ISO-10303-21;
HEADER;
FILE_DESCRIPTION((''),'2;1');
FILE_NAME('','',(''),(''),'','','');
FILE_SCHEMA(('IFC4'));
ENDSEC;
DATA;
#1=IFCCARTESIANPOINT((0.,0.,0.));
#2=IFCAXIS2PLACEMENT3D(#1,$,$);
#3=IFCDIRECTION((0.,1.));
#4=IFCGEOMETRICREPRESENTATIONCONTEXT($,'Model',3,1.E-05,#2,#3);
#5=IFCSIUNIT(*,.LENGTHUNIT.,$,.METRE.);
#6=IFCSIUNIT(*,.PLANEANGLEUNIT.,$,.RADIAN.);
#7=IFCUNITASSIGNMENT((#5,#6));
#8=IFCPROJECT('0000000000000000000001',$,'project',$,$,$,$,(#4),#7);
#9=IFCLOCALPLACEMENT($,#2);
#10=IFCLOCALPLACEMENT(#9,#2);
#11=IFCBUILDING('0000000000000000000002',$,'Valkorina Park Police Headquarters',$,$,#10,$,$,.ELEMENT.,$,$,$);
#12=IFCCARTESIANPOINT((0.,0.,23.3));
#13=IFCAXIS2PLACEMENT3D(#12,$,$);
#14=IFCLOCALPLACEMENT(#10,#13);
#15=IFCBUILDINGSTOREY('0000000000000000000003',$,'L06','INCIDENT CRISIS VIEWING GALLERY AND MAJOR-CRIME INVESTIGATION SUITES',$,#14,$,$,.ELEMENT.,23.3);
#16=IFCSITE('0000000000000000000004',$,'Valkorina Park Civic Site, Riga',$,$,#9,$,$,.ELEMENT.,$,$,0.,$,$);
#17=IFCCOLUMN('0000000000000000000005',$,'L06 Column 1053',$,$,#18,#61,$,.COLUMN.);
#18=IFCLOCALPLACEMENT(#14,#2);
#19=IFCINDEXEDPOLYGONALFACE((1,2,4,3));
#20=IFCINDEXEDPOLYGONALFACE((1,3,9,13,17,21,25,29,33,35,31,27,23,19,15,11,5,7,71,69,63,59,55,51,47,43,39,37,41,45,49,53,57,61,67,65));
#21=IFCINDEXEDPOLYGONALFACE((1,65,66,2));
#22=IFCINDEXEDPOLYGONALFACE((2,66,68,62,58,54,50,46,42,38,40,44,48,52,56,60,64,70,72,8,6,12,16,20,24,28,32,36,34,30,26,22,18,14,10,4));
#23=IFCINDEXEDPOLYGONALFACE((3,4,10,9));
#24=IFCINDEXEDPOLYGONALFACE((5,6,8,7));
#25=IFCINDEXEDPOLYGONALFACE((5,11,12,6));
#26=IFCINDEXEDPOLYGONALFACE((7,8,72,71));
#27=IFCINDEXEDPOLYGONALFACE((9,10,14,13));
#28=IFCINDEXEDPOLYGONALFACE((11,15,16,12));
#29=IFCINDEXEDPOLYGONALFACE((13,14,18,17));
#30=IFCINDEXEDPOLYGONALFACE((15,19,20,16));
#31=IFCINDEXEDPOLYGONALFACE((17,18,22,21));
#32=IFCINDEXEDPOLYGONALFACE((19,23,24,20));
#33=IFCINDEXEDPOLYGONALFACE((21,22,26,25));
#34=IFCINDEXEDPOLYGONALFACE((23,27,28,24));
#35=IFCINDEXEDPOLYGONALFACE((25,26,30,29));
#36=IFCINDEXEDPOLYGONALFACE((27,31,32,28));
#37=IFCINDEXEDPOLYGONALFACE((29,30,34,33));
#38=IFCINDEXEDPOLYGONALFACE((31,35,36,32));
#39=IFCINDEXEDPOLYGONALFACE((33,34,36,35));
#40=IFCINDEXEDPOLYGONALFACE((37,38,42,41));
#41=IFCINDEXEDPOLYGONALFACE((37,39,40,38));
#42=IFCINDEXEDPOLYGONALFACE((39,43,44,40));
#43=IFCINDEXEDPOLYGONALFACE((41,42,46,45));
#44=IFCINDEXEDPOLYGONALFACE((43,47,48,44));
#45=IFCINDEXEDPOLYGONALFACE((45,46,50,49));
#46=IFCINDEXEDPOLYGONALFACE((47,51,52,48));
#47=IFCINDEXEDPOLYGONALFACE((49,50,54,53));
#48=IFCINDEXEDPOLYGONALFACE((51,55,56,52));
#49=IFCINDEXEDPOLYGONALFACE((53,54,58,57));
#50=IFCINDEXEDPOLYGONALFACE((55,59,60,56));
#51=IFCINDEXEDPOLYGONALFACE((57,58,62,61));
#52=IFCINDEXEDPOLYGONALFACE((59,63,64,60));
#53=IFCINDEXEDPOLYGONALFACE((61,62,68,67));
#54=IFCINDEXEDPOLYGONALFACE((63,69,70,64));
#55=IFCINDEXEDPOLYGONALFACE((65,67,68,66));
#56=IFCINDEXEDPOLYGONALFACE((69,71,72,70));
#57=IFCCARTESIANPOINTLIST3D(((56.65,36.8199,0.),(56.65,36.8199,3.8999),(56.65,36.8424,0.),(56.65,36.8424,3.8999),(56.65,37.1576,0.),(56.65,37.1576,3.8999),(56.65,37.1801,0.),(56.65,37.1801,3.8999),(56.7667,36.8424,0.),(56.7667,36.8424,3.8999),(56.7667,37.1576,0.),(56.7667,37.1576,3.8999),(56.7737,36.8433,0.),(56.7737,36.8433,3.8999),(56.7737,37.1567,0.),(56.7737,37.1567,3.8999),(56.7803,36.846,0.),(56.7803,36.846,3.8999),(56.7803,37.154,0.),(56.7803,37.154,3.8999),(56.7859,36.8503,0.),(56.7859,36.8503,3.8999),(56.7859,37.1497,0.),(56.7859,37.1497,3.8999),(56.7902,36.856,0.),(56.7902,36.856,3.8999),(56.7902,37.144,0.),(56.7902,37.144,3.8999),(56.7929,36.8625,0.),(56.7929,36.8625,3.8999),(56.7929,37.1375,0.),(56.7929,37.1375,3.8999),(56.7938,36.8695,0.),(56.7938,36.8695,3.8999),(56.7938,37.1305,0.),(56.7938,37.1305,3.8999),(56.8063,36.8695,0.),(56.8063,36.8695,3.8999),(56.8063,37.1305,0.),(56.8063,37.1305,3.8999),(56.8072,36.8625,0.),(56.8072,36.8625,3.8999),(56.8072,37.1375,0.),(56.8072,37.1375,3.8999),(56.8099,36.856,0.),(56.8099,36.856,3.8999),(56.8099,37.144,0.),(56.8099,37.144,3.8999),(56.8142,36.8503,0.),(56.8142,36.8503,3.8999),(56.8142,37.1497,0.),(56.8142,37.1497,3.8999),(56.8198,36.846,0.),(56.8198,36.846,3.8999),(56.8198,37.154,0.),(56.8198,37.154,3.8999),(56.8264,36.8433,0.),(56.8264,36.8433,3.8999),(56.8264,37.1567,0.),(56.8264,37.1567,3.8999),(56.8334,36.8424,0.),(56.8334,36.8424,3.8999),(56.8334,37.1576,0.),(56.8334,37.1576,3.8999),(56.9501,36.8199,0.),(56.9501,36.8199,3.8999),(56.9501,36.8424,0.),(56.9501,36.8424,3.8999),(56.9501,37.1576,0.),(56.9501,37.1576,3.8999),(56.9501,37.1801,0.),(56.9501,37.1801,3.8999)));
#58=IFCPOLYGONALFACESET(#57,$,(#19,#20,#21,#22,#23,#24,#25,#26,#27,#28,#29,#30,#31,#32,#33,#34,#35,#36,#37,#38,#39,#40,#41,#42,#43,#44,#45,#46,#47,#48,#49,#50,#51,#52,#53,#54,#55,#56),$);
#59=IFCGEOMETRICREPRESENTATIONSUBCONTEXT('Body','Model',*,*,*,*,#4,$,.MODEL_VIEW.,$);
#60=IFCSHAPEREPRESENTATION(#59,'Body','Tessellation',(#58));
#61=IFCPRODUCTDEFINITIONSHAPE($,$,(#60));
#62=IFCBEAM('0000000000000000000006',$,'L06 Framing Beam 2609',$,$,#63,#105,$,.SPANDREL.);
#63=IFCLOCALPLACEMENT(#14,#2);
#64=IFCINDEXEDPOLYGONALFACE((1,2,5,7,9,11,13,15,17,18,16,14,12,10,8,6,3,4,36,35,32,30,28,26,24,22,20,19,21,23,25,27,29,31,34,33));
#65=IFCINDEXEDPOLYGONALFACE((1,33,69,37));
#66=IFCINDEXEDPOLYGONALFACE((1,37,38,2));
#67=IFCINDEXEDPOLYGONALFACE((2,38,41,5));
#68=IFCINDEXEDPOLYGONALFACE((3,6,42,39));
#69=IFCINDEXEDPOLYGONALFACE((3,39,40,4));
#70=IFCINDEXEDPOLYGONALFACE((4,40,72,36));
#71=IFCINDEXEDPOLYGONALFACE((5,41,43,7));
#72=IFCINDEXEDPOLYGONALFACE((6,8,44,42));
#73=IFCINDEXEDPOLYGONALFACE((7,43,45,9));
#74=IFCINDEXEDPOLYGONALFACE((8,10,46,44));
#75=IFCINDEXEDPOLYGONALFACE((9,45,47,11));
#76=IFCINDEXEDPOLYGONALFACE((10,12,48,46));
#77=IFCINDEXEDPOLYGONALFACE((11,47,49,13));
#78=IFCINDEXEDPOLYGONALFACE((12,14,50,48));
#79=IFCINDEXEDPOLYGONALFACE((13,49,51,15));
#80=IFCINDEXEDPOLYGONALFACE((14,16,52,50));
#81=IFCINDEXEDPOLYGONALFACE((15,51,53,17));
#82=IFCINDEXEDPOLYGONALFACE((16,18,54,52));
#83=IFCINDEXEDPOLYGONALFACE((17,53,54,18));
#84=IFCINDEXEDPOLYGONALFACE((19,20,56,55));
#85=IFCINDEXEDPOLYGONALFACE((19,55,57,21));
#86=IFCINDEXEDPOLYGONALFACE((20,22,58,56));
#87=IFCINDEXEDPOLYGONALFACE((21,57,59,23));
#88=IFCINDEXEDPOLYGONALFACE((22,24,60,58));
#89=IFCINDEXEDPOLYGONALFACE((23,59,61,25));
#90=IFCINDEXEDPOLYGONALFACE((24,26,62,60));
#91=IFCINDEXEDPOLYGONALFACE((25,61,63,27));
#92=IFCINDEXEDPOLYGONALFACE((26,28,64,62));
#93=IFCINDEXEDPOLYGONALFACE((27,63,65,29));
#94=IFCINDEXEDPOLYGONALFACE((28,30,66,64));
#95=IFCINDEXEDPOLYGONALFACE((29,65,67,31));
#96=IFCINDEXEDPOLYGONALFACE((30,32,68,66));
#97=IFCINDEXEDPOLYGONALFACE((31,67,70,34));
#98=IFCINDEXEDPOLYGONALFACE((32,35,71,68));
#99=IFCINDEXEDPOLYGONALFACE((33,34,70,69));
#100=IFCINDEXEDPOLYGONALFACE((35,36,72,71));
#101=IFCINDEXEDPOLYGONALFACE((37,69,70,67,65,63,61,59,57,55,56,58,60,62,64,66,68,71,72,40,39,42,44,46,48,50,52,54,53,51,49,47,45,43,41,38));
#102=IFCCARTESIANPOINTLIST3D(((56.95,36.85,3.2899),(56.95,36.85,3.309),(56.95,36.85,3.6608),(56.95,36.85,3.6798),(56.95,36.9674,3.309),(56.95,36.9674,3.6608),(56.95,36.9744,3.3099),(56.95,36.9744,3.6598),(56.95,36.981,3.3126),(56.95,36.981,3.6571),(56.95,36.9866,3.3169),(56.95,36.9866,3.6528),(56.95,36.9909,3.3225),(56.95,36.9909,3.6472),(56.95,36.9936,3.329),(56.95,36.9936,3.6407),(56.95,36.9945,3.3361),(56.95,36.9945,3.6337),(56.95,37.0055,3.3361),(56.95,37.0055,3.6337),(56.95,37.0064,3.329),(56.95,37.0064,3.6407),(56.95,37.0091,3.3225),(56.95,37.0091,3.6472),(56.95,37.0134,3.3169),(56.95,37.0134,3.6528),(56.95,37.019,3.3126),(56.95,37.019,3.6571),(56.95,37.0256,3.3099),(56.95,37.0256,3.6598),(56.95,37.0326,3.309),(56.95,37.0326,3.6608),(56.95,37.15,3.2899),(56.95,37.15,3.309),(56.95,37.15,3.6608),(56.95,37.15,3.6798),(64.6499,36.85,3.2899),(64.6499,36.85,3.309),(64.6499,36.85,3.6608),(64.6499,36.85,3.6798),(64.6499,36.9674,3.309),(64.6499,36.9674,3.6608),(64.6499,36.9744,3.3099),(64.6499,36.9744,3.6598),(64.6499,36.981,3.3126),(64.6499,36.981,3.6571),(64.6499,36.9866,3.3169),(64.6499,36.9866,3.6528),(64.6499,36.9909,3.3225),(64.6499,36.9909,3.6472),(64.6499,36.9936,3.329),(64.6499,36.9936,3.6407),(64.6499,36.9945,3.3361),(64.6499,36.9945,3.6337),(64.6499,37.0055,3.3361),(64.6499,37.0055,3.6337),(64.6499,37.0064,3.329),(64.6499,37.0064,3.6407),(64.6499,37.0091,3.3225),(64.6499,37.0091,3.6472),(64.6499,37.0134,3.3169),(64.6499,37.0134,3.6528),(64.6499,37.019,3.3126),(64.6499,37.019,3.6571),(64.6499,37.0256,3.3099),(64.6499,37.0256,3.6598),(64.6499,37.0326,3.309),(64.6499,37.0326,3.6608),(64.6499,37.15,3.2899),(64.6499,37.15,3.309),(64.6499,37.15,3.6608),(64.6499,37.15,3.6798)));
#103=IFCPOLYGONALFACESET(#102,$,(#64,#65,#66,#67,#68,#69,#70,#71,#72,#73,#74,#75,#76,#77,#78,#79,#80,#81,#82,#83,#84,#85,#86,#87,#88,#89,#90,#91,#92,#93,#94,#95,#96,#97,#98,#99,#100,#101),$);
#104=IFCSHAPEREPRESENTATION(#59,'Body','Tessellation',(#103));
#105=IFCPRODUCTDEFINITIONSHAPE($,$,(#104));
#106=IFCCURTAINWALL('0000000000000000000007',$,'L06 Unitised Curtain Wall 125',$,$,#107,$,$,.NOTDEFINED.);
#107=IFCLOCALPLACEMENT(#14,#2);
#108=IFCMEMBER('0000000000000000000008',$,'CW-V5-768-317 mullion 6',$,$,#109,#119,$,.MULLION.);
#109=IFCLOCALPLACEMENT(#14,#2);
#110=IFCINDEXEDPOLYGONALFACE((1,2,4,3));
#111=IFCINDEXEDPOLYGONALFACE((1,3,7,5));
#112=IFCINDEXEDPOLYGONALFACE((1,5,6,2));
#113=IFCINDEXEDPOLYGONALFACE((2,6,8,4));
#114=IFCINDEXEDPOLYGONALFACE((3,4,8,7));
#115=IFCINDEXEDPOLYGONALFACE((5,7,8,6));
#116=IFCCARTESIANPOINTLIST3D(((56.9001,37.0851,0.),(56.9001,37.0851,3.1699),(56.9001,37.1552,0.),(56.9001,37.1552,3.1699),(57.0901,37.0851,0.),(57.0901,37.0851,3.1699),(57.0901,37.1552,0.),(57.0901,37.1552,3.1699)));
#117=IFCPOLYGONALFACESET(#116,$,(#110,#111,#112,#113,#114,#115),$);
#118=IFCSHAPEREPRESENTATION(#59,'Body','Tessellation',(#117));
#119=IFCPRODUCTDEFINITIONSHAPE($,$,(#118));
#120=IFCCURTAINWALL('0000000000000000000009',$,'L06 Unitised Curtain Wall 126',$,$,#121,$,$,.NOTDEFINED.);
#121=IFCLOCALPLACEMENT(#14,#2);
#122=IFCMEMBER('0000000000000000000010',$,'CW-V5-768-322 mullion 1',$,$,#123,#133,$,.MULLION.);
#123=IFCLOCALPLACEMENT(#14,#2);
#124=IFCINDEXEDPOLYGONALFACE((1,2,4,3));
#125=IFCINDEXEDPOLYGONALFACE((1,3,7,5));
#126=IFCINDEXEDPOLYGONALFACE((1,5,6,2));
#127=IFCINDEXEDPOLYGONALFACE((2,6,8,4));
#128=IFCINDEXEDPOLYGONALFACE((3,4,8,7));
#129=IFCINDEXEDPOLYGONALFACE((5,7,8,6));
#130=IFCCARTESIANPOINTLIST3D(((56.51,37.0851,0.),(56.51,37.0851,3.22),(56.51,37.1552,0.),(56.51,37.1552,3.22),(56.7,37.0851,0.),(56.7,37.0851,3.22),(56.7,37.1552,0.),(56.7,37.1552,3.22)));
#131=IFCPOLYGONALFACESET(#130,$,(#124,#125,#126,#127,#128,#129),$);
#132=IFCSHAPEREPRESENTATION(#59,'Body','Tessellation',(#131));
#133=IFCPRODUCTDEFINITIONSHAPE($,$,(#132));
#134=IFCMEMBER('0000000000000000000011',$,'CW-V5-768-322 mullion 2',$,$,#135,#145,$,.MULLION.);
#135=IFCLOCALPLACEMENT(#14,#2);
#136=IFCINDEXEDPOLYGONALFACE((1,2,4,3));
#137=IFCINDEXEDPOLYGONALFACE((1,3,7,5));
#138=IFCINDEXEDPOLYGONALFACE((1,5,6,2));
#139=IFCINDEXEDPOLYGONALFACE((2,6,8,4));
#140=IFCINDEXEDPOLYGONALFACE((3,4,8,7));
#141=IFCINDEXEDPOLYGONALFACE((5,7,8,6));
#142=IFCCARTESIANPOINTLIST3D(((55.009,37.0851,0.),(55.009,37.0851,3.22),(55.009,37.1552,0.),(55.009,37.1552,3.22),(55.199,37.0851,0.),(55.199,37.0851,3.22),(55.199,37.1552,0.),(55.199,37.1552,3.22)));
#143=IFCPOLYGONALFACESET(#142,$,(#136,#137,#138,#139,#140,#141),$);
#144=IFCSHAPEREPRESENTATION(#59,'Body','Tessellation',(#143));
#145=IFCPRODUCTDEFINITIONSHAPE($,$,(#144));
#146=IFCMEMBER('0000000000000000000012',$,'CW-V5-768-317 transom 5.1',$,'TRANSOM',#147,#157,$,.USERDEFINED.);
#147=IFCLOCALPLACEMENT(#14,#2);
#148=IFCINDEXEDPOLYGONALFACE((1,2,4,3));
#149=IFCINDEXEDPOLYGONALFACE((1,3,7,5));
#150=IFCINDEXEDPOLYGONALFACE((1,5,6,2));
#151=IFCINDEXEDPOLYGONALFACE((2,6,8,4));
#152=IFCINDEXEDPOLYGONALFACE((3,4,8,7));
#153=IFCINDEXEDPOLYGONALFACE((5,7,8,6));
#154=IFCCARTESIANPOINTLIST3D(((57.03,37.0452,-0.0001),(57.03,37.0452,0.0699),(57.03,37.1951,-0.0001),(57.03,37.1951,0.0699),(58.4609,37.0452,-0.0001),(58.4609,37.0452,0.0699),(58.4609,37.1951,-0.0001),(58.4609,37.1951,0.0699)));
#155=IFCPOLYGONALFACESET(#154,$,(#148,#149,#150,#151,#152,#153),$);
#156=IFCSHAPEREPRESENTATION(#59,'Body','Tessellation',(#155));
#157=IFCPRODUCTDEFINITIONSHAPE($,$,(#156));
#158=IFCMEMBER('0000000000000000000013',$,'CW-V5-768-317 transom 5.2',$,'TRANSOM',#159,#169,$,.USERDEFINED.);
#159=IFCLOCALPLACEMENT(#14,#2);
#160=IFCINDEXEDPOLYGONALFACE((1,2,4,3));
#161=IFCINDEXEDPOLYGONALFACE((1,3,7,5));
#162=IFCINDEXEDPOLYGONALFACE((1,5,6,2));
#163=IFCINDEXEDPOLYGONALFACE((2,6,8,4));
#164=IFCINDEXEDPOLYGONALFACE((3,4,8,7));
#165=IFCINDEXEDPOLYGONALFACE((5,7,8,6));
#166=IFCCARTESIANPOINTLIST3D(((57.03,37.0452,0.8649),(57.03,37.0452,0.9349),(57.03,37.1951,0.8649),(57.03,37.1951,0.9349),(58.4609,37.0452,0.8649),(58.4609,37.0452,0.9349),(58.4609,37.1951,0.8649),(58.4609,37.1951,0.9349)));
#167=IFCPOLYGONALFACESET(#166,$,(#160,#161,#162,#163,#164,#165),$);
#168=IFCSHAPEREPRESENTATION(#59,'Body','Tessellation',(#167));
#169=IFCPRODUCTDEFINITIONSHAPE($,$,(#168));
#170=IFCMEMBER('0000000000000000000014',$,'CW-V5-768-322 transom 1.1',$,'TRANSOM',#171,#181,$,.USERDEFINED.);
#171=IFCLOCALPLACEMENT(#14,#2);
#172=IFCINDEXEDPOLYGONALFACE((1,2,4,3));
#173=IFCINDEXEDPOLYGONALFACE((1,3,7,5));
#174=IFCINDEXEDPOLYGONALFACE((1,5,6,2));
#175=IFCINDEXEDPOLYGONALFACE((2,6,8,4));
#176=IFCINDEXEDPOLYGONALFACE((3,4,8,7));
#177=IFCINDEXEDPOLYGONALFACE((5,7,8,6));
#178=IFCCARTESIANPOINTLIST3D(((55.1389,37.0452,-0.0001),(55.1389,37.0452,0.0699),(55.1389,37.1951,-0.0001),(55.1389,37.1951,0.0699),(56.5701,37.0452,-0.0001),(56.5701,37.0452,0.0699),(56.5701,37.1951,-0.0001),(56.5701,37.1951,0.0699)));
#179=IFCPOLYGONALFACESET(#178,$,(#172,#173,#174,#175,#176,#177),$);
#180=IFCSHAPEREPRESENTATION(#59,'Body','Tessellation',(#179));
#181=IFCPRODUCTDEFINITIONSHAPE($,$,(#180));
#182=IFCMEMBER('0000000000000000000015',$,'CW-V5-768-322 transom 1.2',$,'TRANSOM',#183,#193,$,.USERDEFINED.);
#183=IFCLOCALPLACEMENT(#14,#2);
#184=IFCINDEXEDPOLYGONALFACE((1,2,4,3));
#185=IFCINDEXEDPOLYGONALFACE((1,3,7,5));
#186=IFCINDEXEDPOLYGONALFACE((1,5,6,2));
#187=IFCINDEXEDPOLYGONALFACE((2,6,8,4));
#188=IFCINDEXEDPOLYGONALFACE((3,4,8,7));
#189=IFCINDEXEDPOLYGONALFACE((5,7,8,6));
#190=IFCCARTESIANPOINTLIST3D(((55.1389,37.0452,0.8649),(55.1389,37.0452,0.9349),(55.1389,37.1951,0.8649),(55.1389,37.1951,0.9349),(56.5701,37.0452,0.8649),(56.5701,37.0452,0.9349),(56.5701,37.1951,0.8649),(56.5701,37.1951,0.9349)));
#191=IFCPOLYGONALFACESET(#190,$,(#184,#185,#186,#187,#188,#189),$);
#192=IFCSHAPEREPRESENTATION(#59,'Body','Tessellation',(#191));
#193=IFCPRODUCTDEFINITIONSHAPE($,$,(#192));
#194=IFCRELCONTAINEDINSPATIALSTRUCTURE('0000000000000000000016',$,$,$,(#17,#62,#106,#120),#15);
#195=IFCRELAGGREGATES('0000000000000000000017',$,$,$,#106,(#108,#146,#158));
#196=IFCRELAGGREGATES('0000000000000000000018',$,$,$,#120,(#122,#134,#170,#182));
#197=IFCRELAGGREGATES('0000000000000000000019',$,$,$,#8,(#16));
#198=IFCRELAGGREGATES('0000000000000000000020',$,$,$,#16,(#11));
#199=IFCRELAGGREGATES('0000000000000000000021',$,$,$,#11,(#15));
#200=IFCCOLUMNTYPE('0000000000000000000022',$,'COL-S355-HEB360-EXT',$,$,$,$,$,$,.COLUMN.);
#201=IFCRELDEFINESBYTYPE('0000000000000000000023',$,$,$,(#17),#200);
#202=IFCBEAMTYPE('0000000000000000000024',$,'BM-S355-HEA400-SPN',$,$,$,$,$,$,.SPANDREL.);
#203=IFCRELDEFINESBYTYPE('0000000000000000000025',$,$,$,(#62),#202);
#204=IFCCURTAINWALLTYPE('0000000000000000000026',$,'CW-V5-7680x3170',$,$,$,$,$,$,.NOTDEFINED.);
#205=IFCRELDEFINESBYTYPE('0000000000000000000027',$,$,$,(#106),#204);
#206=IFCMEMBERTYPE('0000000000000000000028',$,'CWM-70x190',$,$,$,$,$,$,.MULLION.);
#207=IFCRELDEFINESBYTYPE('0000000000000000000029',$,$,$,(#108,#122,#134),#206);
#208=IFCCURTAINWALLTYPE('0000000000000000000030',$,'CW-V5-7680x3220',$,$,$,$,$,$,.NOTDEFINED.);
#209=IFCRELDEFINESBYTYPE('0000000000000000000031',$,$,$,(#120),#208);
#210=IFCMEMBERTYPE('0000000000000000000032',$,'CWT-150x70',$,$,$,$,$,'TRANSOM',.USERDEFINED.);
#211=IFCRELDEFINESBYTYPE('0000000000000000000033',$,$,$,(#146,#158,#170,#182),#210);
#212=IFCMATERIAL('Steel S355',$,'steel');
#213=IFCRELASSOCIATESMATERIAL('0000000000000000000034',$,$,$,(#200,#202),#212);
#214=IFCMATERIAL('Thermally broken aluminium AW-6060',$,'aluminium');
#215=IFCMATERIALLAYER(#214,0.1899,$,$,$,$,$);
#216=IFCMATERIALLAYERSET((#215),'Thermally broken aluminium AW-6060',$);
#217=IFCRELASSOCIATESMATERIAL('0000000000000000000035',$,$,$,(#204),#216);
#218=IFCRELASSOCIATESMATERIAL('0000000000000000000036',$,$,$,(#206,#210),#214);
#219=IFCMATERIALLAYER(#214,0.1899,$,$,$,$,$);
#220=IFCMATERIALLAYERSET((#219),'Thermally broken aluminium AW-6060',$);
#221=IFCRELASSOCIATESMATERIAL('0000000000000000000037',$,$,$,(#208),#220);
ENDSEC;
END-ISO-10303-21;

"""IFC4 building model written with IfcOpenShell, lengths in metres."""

from ifc_helpers import new_model, si_unit, direction, frame, origin, origin_2d, place, context, subcontext, project, spatial, rectangle, i_section, extrude, material, layer, layer_set, material_profile, profile_set, type_object, element, aggregate, save


model = new_model("IFC4")

# Units and contexts
model_context = context("Model", 3, precision=1e-05, world=origin(), true_north=direction((0.0, 1.0)))
body_context = subcontext(model_context, "Body", "Model", "MODEL_VIEW")
ifc_project = project(units=[si_unit("LENGTHUNIT", "METRE"), si_unit("PLANEANGLEUNIT", "RADIAN")], contexts=[model_context])

# Site, building, storey
site_placement = place(None, origin())
site = spatial("IfcSite", under=ifc_project, at=site_placement, Name="Valkorina Park Civic Site, Riga", CompositionType="ELEMENT", RefElevation=0.0)
building_placement = place(site_placement, origin())
building = spatial("IfcBuilding", under=site, at=building_placement, Name="Valkorina Park Police Headquarters", CompositionType="ELEMENT")
storey_placement = place(building_placement, frame((0.0, 0.0, 23.3)))
storey = spatial("IfcBuildingStorey", under=building, at=storey_placement, Name="L06", Description="INCIDENT CRISIS VIEWING GALLERY AND MAJOR-CRIME INVESTIGATION SUITES", CompositionType="ELEMENT", Elevation=23.3)

# Column
ifc_material_1 = material(Name="Steel S355", Category="steel")
ifc_material_profile_1 = material_profile(ifc_material_1, i_section(OverallWidth=0.3, OverallDepth=0.3601, WebThickness=0.0125, FlangeThickness=0.0225, FilletRadius=0.0271, at=origin_2d()), Name="HEB 360")
ifc_profile_set_1 = profile_set([ifc_material_profile_1], Name="Steel S355")
column_type = type_object("IfcColumnType", Name="COL-S355-HEB360-EXT", PredefinedType="COLUMN", material=ifc_profile_set_1)
column_placement = place(storey_placement, frame((56.8, 37.0, 0.0), z_axis=(0.0, 0.0, 1.0), x_axis=(1.0, 0.0, 0.0)))
element("IfcColumn", 1, at=column_placement, inside=storey, type_object=column_type, Name="L06 Column 1053", PredefinedType="COLUMN", context=body_context, shape_type="SweptSolid", body=[
    extrude(i_section(OverallWidth=0.3, OverallDepth=0.3601, WebThickness=0.0125, FlangeThickness=0.0225, FilletRadius=0.0271, at=origin_2d()), origin(), (0.0, 0.0, 1.0), 3.8999),
])

# Beam
ifc_material_profile_2 = material_profile(ifc_material_1, i_section(OverallWidth=0.3, OverallDepth=0.3899, WebThickness=0.011, FlangeThickness=0.019, FilletRadius=0.0271, at=origin_2d()), Name="HEA 400")
ifc_profile_set_2 = profile_set([ifc_material_profile_2], Name="Steel S355")
beam_type = type_object("IfcBeamType", Name="BM-S355-HEA400-SPN", PredefinedType="SPANDREL", material=ifc_profile_set_2)
beam_placement = place(storey_placement, frame((56.95, 37.0, 3.4849), z_axis=(1.0, 0.0, 0.0), x_axis=(0.0, 1.0, 0.0)))
element("IfcBeam", 2, at=beam_placement, inside=storey, type_object=beam_type, Name="L06 Framing Beam 2609", PredefinedType="SPANDREL", context=body_context, shape_type="SweptSolid", body=[
    extrude(i_section(OverallWidth=0.3, OverallDepth=0.3899, WebThickness=0.011, FlangeThickness=0.019, FilletRadius=0.0271, at=origin_2d()), origin(), (0.0, 0.0, 1.0), 7.7),
])

# Curtain wall, member
ifc_material_2 = material(Name="Thermally broken aluminium AW-6060", Category="aluminium")
ifc_layer_1 = layer(ifc_material_2, 0.1899)
ifc_layer_set_1 = layer_set([ifc_layer_1], Name="Thermally broken aluminium AW-6060")
curtain_wall_type_1 = type_object("IfcCurtainWallType", Name="CW-V5-7680x3170", PredefinedType="NOTDEFINED", material=ifc_layer_set_1)
curtain_wall_1_placement = place(storey_placement, origin())
curtain_wall_1 = element("IfcCurtainWall", 3, at=curtain_wall_1_placement, inside=storey, type_object=curtain_wall_type_1, Name="L06 Unitised Curtain Wall 125", PredefinedType="NOTDEFINED")
ifc_material_profile_3 = material_profile(ifc_material_2, rectangle(XDim=0.0701, YDim=0.1899, at=origin_2d()), Name="CWM-02 70x190")
ifc_profile_set_3 = profile_set([ifc_material_profile_3], Name="Thermally broken aluminium AW-6060")
member_type_1 = type_object("IfcMemberType", Name="CWM-70x190", PredefinedType="MULLION", material=ifc_profile_set_3)
member_1_placement = place(storey_placement, frame((56.9951, 37.1201, 0.0), z_axis=(0.0, 0.0, 1.0), x_axis=(0.0, -1.0, 0.0)))
member_1 = element("IfcMember", 4, at=member_1_placement, type_object=member_type_1, Name="CW-V5-768-317 mullion 6", PredefinedType="MULLION", context=body_context, shape_type="SweptSolid", body=[
    extrude(rectangle(XDim=0.0701, YDim=0.1899, at=origin_2d()), origin(), (0.0, 0.0, 1.0), 3.1699),
])

# Curtain wall, members
ifc_layer_2 = layer(ifc_material_2, 0.1899)
ifc_layer_set_2 = layer_set([ifc_layer_2], Name="Thermally broken aluminium AW-6060")
curtain_wall_type_2 = type_object("IfcCurtainWallType", Name="CW-V5-7680x3220", PredefinedType="NOTDEFINED", material=ifc_layer_set_2)
curtain_wall_2_placement = place(storey_placement, origin())
curtain_wall_2 = element("IfcCurtainWall", 5, at=curtain_wall_2_placement, inside=storey, type_object=curtain_wall_type_2, Name="L06 Unitised Curtain Wall 126", PredefinedType="NOTDEFINED")
member_2_placement = place(storey_placement, frame((56.605, 37.1201, 0.0), z_axis=(0.0, 0.0, 1.0), x_axis=(0.0, -1.0, 0.0)))
member_2 = element("IfcMember", 6, at=member_2_placement, type_object=member_type_1, Name="CW-V5-768-322 mullion 1", PredefinedType="MULLION", context=body_context, shape_type="SweptSolid", body=[
    extrude(rectangle(XDim=0.0701, YDim=0.1899, at=origin_2d()), origin(), (0.0, 0.0, 1.0), 3.22),
])
member_3_placement = place(storey_placement, frame((55.104, 37.1201, 0.0), z_axis=(0.0, 0.0, 1.0), x_axis=(0.0, -1.0, 0.0)))
member_3 = element("IfcMember", 7, at=member_3_placement, type_object=member_type_1, Name="CW-V5-768-322 mullion 2", PredefinedType="MULLION", context=body_context, shape_type="SweptSolid", body=[
    extrude(rectangle(XDim=0.0701, YDim=0.1899, at=origin_2d()), origin(), (0.0, 0.0, 1.0), 3.22),
])

# Members
ifc_material_profile_4 = material_profile(ifc_material_2, rectangle(XDim=0.1499, YDim=0.0701, at=origin_2d()), Name="CWT-02 150x70")
ifc_profile_set_4 = profile_set([ifc_material_profile_4], Name="Thermally broken aluminium AW-6060")
member_type_2 = type_object("IfcMemberType", Name="CWT-150x70", ElementType="TRANSOM", PredefinedType="USERDEFINED", material=ifc_profile_set_4)
member_4_placement = place(storey_placement, frame((58.4609, 37.1201, 0.0349), z_axis=(-1.0, 0.0, 0.0), x_axis=(0.0, -1.0, 0.0)))
member_4 = element("IfcMember", 8, at=member_4_placement, type_object=member_type_2, Name="CW-V5-768-317 transom 5.1", ObjectType="TRANSOM", PredefinedType="USERDEFINED", context=body_context, shape_type="SweptSolid", body=[
    extrude(rectangle(XDim=0.1499, YDim=0.0701, at=origin_2d()), origin(), (0.0, 0.0, 1.0), 1.4309),
])
member_5_placement = place(storey_placement, frame((58.4609, 37.1201, 0.8999), z_axis=(-1.0, 0.0, 0.0), x_axis=(0.0, -1.0, 0.0)))
member_5 = element("IfcMember", 9, at=member_5_placement, type_object=member_type_2, Name="CW-V5-768-317 transom 5.2", ObjectType="TRANSOM", PredefinedType="USERDEFINED", context=body_context, shape_type="SweptSolid", body=[
    extrude(rectangle(XDim=0.1499, YDim=0.0701, at=origin_2d()), origin(), (0.0, 0.0, 1.0), 1.4309),
])
member_6_placement = place(storey_placement, frame((56.5701, 37.1201, 0.0349), z_axis=(-1.0, 0.0, 0.0), x_axis=(0.0, -1.0, 0.0)))
member_6 = element("IfcMember", 10, at=member_6_placement, type_object=member_type_2, Name="CW-V5-768-322 transom 1.1", ObjectType="TRANSOM", PredefinedType="USERDEFINED", context=body_context, shape_type="SweptSolid", body=[
    extrude(rectangle(XDim=0.1499, YDim=0.0701, at=origin_2d()), origin(), (0.0, 0.0, 1.0), 1.4312),
])
member_7_placement = place(storey_placement, frame((56.5701, 37.1201, 0.8999), z_axis=(-1.0, 0.0, 0.0), x_axis=(0.0, -1.0, 0.0)))
member_7 = element("IfcMember", 11, at=member_7_placement, type_object=member_type_2, Name="CW-V5-768-322 transom 1.2", ObjectType="TRANSOM", PredefinedType="USERDEFINED", context=body_context, shape_type="SweptSolid", body=[
    extrude(rectangle(XDim=0.1499, YDim=0.0701, at=origin_2d()), origin(), (0.0, 0.0, 1.0), 1.4312),
])

aggregate(curtain_wall_1, [member_1, member_4, member_5])
aggregate(curtain_wall_2, [member_2, member_3, member_6, member_7])

save(model, "model.ifc")
